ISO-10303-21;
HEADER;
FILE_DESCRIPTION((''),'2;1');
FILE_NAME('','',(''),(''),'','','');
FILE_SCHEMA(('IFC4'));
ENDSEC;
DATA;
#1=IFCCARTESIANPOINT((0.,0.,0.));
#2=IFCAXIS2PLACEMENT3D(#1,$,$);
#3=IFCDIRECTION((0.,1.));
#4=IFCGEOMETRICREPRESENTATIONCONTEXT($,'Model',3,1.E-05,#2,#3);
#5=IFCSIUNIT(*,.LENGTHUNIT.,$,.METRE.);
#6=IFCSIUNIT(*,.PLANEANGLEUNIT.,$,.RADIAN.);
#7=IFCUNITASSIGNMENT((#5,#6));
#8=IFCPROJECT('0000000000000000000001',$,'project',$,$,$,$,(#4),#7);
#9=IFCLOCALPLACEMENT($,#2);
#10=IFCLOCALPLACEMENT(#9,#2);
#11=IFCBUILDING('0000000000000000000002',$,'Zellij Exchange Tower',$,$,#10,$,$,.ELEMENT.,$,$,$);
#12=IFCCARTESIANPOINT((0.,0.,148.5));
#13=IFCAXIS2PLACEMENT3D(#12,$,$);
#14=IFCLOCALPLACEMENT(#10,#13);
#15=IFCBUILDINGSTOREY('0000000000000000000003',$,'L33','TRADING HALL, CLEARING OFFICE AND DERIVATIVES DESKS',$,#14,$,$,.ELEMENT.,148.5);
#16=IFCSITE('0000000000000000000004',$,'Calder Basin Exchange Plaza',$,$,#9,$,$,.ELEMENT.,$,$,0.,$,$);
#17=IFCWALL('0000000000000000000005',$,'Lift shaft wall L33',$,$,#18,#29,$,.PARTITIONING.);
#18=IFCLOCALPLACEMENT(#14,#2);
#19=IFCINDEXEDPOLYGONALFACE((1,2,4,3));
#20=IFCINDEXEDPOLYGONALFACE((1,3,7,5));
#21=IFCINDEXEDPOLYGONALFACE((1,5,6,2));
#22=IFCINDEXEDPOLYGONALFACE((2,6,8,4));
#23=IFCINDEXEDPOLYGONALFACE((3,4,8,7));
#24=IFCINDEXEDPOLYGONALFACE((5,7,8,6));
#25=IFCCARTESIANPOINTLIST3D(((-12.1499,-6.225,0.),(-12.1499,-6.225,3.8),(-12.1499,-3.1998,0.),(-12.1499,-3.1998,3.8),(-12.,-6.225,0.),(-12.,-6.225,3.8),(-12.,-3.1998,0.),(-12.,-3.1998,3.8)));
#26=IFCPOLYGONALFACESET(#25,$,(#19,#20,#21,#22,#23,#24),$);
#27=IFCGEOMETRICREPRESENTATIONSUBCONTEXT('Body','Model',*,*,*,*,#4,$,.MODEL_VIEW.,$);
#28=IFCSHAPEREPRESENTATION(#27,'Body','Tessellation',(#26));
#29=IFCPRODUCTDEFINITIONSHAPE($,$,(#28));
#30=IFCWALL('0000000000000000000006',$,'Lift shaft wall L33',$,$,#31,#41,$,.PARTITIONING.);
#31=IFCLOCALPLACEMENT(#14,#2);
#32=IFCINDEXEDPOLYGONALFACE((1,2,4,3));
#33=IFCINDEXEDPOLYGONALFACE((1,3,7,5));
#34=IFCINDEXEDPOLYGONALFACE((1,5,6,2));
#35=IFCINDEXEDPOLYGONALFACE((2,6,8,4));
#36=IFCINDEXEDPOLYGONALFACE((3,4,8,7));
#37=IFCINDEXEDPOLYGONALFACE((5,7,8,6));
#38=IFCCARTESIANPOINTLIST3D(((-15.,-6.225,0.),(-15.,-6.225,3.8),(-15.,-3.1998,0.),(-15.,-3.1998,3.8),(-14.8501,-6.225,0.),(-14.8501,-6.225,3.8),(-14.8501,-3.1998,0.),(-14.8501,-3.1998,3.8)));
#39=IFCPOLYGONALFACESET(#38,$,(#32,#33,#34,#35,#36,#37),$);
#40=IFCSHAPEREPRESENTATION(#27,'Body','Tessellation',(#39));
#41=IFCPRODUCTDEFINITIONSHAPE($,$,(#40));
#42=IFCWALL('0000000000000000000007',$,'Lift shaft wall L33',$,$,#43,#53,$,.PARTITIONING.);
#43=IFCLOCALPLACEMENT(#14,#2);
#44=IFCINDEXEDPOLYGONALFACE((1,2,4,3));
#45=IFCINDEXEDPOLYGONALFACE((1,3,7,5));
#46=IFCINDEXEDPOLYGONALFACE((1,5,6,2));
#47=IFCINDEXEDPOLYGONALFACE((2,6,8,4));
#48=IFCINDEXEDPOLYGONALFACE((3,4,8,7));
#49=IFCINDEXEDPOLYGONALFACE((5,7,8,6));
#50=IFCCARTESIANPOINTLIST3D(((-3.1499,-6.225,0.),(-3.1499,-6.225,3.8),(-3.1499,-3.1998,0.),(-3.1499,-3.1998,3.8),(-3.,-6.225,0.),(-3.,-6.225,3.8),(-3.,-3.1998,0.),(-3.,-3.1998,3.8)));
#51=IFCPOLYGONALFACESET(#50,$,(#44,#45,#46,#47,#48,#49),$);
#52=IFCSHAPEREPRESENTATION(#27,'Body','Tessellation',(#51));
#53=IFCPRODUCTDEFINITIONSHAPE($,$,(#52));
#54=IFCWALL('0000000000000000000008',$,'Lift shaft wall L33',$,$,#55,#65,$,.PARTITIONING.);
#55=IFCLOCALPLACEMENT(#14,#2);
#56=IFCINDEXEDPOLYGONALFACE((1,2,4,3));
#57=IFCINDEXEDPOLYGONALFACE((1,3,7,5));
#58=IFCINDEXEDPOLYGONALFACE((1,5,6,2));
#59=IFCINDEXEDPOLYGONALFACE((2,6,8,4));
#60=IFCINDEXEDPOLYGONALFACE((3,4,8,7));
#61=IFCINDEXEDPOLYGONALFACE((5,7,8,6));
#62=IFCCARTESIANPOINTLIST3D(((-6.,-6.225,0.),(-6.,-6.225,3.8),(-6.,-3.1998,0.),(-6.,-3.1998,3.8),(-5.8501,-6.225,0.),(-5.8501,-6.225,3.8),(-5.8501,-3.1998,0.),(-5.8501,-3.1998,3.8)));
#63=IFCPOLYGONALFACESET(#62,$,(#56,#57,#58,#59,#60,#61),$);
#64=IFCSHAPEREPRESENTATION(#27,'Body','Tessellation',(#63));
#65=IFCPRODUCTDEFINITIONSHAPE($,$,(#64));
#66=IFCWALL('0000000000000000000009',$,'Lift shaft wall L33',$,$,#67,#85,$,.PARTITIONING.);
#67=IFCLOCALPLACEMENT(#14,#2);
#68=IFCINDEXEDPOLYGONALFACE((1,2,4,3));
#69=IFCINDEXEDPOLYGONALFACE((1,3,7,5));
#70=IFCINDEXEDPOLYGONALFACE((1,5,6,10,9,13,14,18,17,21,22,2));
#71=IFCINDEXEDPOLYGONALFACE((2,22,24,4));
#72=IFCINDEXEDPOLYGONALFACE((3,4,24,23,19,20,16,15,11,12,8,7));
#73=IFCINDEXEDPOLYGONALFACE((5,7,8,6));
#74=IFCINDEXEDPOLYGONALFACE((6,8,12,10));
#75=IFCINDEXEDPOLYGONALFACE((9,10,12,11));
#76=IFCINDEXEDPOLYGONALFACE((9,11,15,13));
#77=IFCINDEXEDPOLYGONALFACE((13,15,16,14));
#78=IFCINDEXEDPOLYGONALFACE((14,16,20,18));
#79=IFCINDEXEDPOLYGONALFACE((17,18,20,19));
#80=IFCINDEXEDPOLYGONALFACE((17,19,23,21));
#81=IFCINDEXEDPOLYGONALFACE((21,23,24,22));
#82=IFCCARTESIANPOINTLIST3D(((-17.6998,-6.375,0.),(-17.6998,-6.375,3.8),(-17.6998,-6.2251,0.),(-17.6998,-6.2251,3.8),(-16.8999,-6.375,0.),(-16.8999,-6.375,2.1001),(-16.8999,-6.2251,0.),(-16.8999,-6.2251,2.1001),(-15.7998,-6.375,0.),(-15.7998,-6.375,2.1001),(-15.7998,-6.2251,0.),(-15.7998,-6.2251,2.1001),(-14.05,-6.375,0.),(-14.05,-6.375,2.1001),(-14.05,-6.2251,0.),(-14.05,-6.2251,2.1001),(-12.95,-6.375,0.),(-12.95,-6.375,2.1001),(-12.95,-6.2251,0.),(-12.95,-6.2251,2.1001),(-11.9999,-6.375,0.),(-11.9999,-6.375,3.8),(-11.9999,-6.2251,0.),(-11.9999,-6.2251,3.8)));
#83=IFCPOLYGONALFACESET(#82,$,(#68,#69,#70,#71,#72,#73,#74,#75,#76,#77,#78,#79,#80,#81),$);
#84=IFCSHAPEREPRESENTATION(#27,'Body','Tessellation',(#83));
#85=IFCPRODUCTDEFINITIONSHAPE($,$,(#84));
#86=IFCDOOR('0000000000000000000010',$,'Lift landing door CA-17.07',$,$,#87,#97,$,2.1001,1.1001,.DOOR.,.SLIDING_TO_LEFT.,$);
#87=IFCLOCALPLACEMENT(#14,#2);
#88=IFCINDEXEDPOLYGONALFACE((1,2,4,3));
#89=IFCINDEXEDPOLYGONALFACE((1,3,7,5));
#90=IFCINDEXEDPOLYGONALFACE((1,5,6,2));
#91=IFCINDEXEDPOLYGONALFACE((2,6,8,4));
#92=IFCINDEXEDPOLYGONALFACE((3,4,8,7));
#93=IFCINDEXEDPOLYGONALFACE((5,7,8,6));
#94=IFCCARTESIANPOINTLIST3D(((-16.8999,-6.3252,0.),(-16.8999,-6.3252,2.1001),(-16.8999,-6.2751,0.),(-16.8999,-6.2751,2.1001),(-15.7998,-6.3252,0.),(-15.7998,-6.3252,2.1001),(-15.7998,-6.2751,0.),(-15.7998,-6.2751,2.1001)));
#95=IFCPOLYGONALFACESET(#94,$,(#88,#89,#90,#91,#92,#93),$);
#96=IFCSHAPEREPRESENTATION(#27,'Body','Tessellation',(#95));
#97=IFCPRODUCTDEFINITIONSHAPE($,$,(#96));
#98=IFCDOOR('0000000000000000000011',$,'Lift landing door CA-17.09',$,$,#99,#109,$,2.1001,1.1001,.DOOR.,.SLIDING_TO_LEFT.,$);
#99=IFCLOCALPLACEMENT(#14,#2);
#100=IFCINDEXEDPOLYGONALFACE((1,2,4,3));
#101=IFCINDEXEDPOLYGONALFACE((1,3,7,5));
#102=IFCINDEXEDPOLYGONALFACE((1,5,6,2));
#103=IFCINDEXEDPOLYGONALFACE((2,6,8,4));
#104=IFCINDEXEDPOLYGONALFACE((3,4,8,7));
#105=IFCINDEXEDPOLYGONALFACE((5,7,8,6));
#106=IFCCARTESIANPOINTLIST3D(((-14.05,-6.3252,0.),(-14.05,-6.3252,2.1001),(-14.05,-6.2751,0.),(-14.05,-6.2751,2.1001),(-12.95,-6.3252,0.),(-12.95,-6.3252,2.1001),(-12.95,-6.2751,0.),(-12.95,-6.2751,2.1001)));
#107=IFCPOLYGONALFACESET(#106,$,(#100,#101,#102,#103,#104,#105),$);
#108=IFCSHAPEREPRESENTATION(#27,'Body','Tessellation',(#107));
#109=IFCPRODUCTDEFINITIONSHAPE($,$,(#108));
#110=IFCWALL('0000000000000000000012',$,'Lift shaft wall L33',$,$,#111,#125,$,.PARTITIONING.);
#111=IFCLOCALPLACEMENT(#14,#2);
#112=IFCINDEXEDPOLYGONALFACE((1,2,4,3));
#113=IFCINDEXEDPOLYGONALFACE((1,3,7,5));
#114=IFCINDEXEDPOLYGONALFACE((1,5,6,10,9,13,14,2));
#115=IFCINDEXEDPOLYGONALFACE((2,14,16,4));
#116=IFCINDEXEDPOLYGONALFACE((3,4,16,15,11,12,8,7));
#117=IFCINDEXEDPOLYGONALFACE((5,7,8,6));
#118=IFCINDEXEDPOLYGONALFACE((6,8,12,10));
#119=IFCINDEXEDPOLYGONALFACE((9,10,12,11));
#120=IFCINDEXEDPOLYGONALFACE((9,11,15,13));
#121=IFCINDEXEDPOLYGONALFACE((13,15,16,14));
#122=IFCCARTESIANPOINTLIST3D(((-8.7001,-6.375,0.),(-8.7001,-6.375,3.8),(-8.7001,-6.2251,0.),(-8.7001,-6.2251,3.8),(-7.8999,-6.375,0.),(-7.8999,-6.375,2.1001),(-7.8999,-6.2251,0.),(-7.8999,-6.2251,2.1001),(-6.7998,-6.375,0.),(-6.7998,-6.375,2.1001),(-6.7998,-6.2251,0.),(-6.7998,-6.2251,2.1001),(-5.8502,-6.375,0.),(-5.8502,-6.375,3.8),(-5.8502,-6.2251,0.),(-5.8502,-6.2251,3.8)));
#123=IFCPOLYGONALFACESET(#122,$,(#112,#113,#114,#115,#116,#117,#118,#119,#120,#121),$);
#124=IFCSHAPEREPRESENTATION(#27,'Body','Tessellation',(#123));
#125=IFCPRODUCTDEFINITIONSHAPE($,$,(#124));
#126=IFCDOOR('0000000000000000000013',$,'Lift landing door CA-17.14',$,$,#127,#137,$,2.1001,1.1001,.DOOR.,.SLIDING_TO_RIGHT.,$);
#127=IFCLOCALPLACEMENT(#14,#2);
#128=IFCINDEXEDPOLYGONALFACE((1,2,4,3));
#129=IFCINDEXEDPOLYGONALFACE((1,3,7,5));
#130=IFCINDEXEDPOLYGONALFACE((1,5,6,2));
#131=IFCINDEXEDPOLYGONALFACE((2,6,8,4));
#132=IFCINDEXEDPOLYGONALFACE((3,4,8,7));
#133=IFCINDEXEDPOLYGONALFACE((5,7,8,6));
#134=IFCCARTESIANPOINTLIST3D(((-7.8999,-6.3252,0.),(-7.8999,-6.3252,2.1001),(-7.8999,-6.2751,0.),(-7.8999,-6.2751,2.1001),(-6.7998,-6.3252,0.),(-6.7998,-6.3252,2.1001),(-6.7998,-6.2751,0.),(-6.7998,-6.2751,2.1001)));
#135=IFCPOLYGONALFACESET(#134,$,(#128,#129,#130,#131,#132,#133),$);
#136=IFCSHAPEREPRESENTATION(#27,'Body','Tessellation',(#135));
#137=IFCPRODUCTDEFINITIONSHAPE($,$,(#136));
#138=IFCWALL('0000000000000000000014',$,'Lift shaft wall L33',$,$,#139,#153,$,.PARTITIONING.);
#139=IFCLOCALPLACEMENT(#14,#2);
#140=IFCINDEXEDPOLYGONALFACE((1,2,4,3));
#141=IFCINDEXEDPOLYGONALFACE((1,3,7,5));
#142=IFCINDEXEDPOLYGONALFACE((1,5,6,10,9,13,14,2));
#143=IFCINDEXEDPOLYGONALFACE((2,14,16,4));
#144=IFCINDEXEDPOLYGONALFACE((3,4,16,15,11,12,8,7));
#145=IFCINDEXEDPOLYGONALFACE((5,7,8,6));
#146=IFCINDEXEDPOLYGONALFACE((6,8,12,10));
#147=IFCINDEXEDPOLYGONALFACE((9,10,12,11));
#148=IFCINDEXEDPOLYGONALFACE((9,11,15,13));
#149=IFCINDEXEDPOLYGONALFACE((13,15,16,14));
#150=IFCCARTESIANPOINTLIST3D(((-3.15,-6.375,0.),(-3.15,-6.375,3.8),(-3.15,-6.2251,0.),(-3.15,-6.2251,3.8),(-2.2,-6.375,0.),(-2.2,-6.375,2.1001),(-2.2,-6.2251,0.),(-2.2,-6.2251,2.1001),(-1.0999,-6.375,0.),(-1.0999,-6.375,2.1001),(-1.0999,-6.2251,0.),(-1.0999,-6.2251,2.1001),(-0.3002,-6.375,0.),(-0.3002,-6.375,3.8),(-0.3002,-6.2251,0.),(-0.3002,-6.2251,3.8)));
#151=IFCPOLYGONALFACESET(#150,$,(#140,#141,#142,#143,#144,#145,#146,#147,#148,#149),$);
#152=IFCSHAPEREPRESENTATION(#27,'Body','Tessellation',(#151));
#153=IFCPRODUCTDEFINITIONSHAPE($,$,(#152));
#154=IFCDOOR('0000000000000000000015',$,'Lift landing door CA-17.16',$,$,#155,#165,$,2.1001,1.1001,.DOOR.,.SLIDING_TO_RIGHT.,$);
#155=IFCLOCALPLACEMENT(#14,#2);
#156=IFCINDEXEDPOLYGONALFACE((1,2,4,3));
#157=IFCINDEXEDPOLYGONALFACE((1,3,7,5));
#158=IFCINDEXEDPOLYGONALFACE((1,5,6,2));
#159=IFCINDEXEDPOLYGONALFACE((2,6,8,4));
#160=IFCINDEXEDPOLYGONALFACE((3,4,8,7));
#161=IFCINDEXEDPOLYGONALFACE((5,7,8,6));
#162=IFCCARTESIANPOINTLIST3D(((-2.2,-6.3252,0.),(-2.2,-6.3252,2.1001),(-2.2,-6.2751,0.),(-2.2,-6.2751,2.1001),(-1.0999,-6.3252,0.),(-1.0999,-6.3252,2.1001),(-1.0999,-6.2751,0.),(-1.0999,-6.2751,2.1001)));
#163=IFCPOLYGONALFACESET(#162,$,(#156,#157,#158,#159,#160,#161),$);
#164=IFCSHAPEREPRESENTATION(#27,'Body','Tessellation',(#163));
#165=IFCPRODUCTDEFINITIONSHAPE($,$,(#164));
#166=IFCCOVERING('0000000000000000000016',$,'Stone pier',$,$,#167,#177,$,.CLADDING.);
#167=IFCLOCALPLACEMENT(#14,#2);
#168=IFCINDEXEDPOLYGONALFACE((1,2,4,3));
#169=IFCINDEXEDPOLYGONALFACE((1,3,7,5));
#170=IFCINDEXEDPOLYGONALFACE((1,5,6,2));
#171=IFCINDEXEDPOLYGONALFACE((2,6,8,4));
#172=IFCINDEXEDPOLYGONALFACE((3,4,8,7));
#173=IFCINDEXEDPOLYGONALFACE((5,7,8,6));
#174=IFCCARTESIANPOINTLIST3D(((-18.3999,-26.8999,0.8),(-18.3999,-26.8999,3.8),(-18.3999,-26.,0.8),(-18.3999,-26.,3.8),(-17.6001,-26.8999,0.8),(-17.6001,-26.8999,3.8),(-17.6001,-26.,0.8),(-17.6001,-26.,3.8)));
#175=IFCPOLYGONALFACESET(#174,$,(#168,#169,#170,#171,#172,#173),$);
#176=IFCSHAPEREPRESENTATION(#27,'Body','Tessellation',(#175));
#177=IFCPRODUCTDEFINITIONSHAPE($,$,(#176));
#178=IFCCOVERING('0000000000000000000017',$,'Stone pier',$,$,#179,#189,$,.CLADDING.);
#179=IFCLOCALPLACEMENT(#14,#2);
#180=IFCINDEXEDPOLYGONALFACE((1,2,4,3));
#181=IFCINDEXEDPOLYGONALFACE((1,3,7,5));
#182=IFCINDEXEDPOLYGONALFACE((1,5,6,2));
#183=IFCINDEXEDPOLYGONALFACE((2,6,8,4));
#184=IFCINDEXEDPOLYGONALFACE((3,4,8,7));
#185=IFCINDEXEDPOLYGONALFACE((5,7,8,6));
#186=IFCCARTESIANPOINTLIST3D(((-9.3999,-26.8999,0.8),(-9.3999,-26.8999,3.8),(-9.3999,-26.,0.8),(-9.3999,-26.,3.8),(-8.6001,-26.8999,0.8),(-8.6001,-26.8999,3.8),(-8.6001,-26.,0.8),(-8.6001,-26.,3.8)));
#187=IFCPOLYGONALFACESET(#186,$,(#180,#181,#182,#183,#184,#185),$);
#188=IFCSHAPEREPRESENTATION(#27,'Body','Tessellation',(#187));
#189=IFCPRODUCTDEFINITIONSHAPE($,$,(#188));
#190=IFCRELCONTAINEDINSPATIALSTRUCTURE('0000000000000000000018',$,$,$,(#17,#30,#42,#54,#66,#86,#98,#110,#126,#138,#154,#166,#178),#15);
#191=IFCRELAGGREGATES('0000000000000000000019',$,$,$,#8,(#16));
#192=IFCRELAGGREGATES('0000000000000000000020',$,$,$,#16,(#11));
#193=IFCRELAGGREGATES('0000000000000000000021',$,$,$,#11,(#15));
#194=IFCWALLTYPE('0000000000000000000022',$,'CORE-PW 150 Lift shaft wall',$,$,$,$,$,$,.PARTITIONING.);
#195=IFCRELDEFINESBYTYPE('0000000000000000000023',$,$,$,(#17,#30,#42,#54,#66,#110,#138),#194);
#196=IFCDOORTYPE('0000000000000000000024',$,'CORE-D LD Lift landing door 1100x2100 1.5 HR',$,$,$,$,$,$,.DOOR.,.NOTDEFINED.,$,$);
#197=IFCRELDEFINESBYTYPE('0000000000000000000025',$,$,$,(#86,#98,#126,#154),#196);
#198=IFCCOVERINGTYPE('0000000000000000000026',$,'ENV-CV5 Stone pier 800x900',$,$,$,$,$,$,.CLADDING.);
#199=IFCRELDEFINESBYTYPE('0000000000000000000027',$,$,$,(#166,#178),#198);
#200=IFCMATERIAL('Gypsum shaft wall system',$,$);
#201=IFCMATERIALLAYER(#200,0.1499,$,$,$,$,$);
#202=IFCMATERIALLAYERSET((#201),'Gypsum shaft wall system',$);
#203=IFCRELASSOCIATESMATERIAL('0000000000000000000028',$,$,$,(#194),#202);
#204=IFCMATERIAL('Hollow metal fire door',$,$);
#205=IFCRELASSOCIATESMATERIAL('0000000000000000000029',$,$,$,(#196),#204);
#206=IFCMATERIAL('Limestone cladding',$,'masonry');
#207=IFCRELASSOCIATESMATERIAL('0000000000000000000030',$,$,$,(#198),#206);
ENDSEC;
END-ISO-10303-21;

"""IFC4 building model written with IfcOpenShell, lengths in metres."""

from ifc_helpers import new_model, si_unit, direction, frame, frame_2d, origin, place, context, subcontext, project, spatial, polyline, rectangle, outline, extrude, material, layer, layer_set, type_object, element, fill, save


model = new_model("IFC4")

# Units and contexts
model_context = context("Model", 3, precision=1e-05, world=origin(), true_north=direction((0.0, 1.0)))
body_context = subcontext(model_context, "Body", "Model", "MODEL_VIEW")
ifc_project = project(units=[si_unit("LENGTHUNIT", "METRE"), si_unit("PLANEANGLEUNIT", "RADIAN")], contexts=[model_context])

# Site, building, storey
site_placement = place(None, origin())
site = spatial("IfcSite", under=ifc_project, at=site_placement, Name="Calder Basin Exchange Plaza", CompositionType="ELEMENT", RefElevation=0.0)
building_placement = place(site_placement, origin())
building = spatial("IfcBuilding", under=site, at=building_placement, Name="Zellij Exchange Tower", CompositionType="ELEMENT")
storey_placement = place(building_placement, frame((0.0, 0.0, 148.5)))
storey = spatial("IfcBuildingStorey", under=building, at=storey_placement, Name="L33", Description="TRADING HALL, CLEARING OFFICE AND DERIVATIVES DESKS", CompositionType="ELEMENT", Elevation=148.5)

# Walls
ifc_material_1 = material(Name="Gypsum shaft wall system")
ifc_layer_1 = layer(ifc_material_1, 0.1499)
ifc_layer_set_1 = layer_set([ifc_layer_1], Name="Gypsum shaft wall system")
wall_type_1 = type_object("IfcWallType", Name="CORE-PW 150 Lift shaft wall", PredefinedType="PARTITIONING", material=ifc_layer_set_1)
for number, where, z_axis, x_axis, name in (
    (1, (-12.075, -6.2251, 0.0), (0.0, 0.0, 1.0), (0.0, 1.0, 0.0), "Lift shaft wall L33"),
    (2, (-14.925, -6.2251, 0.0), (0.0, 0.0, 1.0), (0.0, 1.0, 0.0), "Lift shaft wall L33"),
    (3, (-3.075, -6.2251, 0.0), (0.0, 0.0, 1.0), (0.0, 1.0, 0.0), "Lift shaft wall L33"),
    (4, (-5.925, -6.2251, 0.0), (0.0, 0.0, 1.0), (0.0, 1.0, 0.0), "Lift shaft wall L33"),
):
    element("IfcWall", number, at=place(storey_placement, frame(where, z_axis=z_axis, x_axis=x_axis)), inside=storey, type_object=wall_type_1, Name=name, PredefinedType="PARTITIONING", context=body_context, shape_type="SweptSolid", body=[
        extrude(rectangle(XDim=3.0251, YDim=0.1499, at=frame_2d((1.5127, 0.0))), origin(), (0.0, 0.0, 1.0), 3.8),
    ])

# Wall, openings, doors
wall_1_placement = place(storey_placement, frame((-17.7, -6.3, 0.0), z_axis=(0.0, 0.0, 1.0), x_axis=(1.0, 0.0, 0.0)))
wall_1 = element("IfcWall", 5, at=wall_1_placement, inside=storey, type_object=wall_type_1, Name="Lift shaft wall L33", PredefinedType="PARTITIONING", context=body_context, shape_type="SweptSolid", body=[
    extrude(rectangle(XDim=5.7, YDim=0.1499, at=frame_2d((2.8501, 0.0))), origin(), (0.0, 0.0, 1.0), 3.8),
])
opening_1_placement = place(wall_1_placement, frame((0.8, 0.0, 0.0)))
opening_1 = element("IfcOpeningElement", 6, at=opening_1_placement, cuts=wall_1, PredefinedType="OPENING", context=body_context, shape_type="SweptSolid", body=[
    extrude(rectangle(XDim=1.1001, YDim=2.1001, at=frame_2d((0.55, 1.05))), frame((0.0, 0.0869, 0.0), z_axis=(0.0, -1.0, 0.0), x_axis=(1.0, 0.0, 0.0)), (0.0, 0.0, 1.0), 0.1738),
])
opening_2_placement = place(wall_1_placement, frame((3.6499, 0.0, 0.0)))
opening_2 = element("IfcOpeningElement", 7, at=opening_2_placement, cuts=wall_1, PredefinedType="OPENING", context=body_context, shape_type="SweptSolid", body=[
    extrude(rectangle(XDim=1.1001, YDim=2.1001, at=frame_2d((0.55, 1.05))), frame((0.0, 0.0869, 0.0), z_axis=(0.0, -1.0, 0.0), x_axis=(1.0, 0.0, 0.0)), (0.0, 0.0, 1.0), 0.1738),
])
ifc_material_2 = material(Name="Hollow metal fire door")
door_type = type_object("IfcDoorType", Name="CORE-D LD Lift landing door 1100x2100 1.5 HR", OperationType="NOTDEFINED", PredefinedType="DOOR", material=ifc_material_2)
door_1_placement = place(opening_1_placement, origin())
door_1 = element("IfcDoor", 8, at=door_1_placement, inside=storey, type_object=door_type, Name="Lift landing door CA-17.07", OperationType="SLIDING_TO_LEFT", OverallHeight=2.1001, OverallWidth=1.1001, PredefinedType="DOOR", context=body_context, shape_type="SweptSolid", body=[
    extrude(rectangle(XDim=1.1001, YDim=2.1001, at=frame_2d((0.55, 1.05))), frame((0.0, 0.0249, 0.0), z_axis=(0.0, -1.0, 0.0), x_axis=(1.0, 0.0, 0.0)), (0.0, 0.0, 1.0), 0.05),
])
fill(opening_1, door_1)
door_2_placement = place(opening_2_placement, origin())
door_2 = element("IfcDoor", 9, at=door_2_placement, inside=storey, type_object=door_type, Name="Lift landing door CA-17.09", OperationType="SLIDING_TO_LEFT", OverallHeight=2.1001, OverallWidth=1.1001, PredefinedType="DOOR", context=body_context, shape_type="SweptSolid", body=[
    extrude(rectangle(XDim=1.1001, YDim=2.1001, at=frame_2d((0.55, 1.05))), frame((0.0, 0.0249, 0.0), z_axis=(0.0, -1.0, 0.0), x_axis=(1.0, 0.0, 0.0)), (0.0, 0.0, 1.0), 0.05),
])
fill(opening_2, door_2)

# Walls, openings, doors
wall_2_placement = place(storey_placement, frame((-8.7, -6.3, 0.0), z_axis=(0.0, 0.0, 1.0), x_axis=(1.0, 0.0, 0.0)))
wall_2 = element("IfcWall", 10, at=wall_2_placement, inside=storey, type_object=wall_type_1, Name="Lift shaft wall L33", PredefinedType="PARTITIONING", context=body_context, shape_type="SweptSolid", body=[
    extrude(rectangle(XDim=2.8499, YDim=0.1499, at=frame_2d((1.4248, 0.0))), origin(), (0.0, 0.0, 1.0), 3.8),
])
opening_3_placement = place(wall_2_placement, frame((0.8, 0.0, 0.0)))
opening_3 = element("IfcOpeningElement", 11, at=opening_3_placement, cuts=wall_2, PredefinedType="OPENING", context=body_context, shape_type="SweptSolid", body=[
    extrude(rectangle(XDim=1.1001, YDim=2.1001, at=frame_2d((0.55, 1.05))), frame((0.0, 0.0869, 0.0), z_axis=(0.0, -1.0, 0.0), x_axis=(1.0, 0.0, 0.0)), (0.0, 0.0, 1.0), 0.1738),
])
door_3_placement = place(opening_3_placement, origin())
door_3 = element("IfcDoor", 12, at=door_3_placement, inside=storey, type_object=door_type, Name="Lift landing door CA-17.14", OperationType="SLIDING_TO_RIGHT", OverallHeight=2.1001, OverallWidth=1.1001, PredefinedType="DOOR", context=body_context, shape_type="SweptSolid", body=[
    extrude(rectangle(XDim=1.1001, YDim=2.1001, at=frame_2d((0.55, 1.05))), frame((0.0, 0.0249, 0.0), z_axis=(0.0, -1.0, 0.0), x_axis=(1.0, 0.0, 0.0)), (0.0, 0.0, 1.0), 0.05),
])
fill(opening_3, door_3)
wall_3_placement = place(storey_placement, frame((-3.1499, -6.3, 0.0), z_axis=(0.0, 0.0, 1.0), x_axis=(1.0, 0.0, 0.0)))
wall_3 = element("IfcWall", 13, at=wall_3_placement, inside=storey, type_object=wall_type_1, Name="Lift shaft wall L33", PredefinedType="PARTITIONING", context=body_context, shape_type="SweptSolid", body=[
    extrude(rectangle(XDim=2.8499, YDim=0.1499, at=frame_2d((1.4248, 0.0))), origin(), (0.0, 0.0, 1.0), 3.8),
])
opening_4_placement = place(wall_3_placement, frame((0.95, 0.0, 0.0)))
opening_4 = element("IfcOpeningElement", 14, at=opening_4_placement, cuts=wall_3, PredefinedType="OPENING", context=body_context, shape_type="SweptSolid", body=[
    extrude(rectangle(XDim=1.1001, YDim=2.1001, at=frame_2d((0.55, 1.05))), frame((0.0, 0.0869, 0.0), z_axis=(0.0, -1.0, 0.0), x_axis=(1.0, 0.0, 0.0)), (0.0, 0.0, 1.0), 0.1738),
])
door_4_placement = place(opening_4_placement, origin())
door_4 = element("IfcDoor", 15, at=door_4_placement, inside=storey, type_object=door_type, Name="Lift landing door CA-17.16", OperationType="SLIDING_TO_RIGHT", OverallHeight=2.1001, OverallWidth=1.1001, PredefinedType="DOOR", context=body_context, shape_type="SweptSolid", body=[
    extrude(rectangle(XDim=1.1001, YDim=2.1001, at=frame_2d((0.55, 1.05))), frame((0.0, 0.0249, 0.0), z_axis=(0.0, -1.0, 0.0), x_axis=(1.0, 0.0, 0.0)), (0.0, 0.0, 1.0), 0.05),
])
fill(opening_4, door_4)

# Coverings
ifc_material_3 = material(Name="Limestone cladding", Category="masonry")
covering_type_1 = type_object("IfcCoveringType", Name="ENV-CV5 Stone pier 800x900", PredefinedType="CLADDING", material=ifc_material_3)
covering_1_placement = place(storey_placement, frame((0.0, 0.0, 0.8)))
element("IfcCovering", 16, at=covering_1_placement, inside=storey, type_object=covering_type_1, Name="Stone pier", PredefinedType="CLADDING", context=body_context, shape_type="SweptSolid", body=[
    extrude(outline(polyline([(-18.3999, -26.0), (-17.6001, -26.0), (-17.6001, -26.8999), (-18.3999, -26.8999), (-18.3999, -26.0)])), origin(), (0.0, 0.0, 1.0), 3.0),
])
covering_2_placement = place(storey_placement, frame((0.0, 0.0, 0.8)))
element("IfcCovering", 17, at=covering_2_placement, inside=storey, type_object=covering_type_1, Name="Stone pier", PredefinedType="CLADDING", context=body_context, shape_type="SweptSolid", body=[
    extrude(outline(polyline([(-9.3999, -26.0), (-8.6001, -26.0), (-8.6001, -26.8999), (-9.3999, -26.8999), (-9.3999, -26.0)])), origin(), (0.0, 0.0, 1.0), 3.0),
])

save(model, "model.ifc")
